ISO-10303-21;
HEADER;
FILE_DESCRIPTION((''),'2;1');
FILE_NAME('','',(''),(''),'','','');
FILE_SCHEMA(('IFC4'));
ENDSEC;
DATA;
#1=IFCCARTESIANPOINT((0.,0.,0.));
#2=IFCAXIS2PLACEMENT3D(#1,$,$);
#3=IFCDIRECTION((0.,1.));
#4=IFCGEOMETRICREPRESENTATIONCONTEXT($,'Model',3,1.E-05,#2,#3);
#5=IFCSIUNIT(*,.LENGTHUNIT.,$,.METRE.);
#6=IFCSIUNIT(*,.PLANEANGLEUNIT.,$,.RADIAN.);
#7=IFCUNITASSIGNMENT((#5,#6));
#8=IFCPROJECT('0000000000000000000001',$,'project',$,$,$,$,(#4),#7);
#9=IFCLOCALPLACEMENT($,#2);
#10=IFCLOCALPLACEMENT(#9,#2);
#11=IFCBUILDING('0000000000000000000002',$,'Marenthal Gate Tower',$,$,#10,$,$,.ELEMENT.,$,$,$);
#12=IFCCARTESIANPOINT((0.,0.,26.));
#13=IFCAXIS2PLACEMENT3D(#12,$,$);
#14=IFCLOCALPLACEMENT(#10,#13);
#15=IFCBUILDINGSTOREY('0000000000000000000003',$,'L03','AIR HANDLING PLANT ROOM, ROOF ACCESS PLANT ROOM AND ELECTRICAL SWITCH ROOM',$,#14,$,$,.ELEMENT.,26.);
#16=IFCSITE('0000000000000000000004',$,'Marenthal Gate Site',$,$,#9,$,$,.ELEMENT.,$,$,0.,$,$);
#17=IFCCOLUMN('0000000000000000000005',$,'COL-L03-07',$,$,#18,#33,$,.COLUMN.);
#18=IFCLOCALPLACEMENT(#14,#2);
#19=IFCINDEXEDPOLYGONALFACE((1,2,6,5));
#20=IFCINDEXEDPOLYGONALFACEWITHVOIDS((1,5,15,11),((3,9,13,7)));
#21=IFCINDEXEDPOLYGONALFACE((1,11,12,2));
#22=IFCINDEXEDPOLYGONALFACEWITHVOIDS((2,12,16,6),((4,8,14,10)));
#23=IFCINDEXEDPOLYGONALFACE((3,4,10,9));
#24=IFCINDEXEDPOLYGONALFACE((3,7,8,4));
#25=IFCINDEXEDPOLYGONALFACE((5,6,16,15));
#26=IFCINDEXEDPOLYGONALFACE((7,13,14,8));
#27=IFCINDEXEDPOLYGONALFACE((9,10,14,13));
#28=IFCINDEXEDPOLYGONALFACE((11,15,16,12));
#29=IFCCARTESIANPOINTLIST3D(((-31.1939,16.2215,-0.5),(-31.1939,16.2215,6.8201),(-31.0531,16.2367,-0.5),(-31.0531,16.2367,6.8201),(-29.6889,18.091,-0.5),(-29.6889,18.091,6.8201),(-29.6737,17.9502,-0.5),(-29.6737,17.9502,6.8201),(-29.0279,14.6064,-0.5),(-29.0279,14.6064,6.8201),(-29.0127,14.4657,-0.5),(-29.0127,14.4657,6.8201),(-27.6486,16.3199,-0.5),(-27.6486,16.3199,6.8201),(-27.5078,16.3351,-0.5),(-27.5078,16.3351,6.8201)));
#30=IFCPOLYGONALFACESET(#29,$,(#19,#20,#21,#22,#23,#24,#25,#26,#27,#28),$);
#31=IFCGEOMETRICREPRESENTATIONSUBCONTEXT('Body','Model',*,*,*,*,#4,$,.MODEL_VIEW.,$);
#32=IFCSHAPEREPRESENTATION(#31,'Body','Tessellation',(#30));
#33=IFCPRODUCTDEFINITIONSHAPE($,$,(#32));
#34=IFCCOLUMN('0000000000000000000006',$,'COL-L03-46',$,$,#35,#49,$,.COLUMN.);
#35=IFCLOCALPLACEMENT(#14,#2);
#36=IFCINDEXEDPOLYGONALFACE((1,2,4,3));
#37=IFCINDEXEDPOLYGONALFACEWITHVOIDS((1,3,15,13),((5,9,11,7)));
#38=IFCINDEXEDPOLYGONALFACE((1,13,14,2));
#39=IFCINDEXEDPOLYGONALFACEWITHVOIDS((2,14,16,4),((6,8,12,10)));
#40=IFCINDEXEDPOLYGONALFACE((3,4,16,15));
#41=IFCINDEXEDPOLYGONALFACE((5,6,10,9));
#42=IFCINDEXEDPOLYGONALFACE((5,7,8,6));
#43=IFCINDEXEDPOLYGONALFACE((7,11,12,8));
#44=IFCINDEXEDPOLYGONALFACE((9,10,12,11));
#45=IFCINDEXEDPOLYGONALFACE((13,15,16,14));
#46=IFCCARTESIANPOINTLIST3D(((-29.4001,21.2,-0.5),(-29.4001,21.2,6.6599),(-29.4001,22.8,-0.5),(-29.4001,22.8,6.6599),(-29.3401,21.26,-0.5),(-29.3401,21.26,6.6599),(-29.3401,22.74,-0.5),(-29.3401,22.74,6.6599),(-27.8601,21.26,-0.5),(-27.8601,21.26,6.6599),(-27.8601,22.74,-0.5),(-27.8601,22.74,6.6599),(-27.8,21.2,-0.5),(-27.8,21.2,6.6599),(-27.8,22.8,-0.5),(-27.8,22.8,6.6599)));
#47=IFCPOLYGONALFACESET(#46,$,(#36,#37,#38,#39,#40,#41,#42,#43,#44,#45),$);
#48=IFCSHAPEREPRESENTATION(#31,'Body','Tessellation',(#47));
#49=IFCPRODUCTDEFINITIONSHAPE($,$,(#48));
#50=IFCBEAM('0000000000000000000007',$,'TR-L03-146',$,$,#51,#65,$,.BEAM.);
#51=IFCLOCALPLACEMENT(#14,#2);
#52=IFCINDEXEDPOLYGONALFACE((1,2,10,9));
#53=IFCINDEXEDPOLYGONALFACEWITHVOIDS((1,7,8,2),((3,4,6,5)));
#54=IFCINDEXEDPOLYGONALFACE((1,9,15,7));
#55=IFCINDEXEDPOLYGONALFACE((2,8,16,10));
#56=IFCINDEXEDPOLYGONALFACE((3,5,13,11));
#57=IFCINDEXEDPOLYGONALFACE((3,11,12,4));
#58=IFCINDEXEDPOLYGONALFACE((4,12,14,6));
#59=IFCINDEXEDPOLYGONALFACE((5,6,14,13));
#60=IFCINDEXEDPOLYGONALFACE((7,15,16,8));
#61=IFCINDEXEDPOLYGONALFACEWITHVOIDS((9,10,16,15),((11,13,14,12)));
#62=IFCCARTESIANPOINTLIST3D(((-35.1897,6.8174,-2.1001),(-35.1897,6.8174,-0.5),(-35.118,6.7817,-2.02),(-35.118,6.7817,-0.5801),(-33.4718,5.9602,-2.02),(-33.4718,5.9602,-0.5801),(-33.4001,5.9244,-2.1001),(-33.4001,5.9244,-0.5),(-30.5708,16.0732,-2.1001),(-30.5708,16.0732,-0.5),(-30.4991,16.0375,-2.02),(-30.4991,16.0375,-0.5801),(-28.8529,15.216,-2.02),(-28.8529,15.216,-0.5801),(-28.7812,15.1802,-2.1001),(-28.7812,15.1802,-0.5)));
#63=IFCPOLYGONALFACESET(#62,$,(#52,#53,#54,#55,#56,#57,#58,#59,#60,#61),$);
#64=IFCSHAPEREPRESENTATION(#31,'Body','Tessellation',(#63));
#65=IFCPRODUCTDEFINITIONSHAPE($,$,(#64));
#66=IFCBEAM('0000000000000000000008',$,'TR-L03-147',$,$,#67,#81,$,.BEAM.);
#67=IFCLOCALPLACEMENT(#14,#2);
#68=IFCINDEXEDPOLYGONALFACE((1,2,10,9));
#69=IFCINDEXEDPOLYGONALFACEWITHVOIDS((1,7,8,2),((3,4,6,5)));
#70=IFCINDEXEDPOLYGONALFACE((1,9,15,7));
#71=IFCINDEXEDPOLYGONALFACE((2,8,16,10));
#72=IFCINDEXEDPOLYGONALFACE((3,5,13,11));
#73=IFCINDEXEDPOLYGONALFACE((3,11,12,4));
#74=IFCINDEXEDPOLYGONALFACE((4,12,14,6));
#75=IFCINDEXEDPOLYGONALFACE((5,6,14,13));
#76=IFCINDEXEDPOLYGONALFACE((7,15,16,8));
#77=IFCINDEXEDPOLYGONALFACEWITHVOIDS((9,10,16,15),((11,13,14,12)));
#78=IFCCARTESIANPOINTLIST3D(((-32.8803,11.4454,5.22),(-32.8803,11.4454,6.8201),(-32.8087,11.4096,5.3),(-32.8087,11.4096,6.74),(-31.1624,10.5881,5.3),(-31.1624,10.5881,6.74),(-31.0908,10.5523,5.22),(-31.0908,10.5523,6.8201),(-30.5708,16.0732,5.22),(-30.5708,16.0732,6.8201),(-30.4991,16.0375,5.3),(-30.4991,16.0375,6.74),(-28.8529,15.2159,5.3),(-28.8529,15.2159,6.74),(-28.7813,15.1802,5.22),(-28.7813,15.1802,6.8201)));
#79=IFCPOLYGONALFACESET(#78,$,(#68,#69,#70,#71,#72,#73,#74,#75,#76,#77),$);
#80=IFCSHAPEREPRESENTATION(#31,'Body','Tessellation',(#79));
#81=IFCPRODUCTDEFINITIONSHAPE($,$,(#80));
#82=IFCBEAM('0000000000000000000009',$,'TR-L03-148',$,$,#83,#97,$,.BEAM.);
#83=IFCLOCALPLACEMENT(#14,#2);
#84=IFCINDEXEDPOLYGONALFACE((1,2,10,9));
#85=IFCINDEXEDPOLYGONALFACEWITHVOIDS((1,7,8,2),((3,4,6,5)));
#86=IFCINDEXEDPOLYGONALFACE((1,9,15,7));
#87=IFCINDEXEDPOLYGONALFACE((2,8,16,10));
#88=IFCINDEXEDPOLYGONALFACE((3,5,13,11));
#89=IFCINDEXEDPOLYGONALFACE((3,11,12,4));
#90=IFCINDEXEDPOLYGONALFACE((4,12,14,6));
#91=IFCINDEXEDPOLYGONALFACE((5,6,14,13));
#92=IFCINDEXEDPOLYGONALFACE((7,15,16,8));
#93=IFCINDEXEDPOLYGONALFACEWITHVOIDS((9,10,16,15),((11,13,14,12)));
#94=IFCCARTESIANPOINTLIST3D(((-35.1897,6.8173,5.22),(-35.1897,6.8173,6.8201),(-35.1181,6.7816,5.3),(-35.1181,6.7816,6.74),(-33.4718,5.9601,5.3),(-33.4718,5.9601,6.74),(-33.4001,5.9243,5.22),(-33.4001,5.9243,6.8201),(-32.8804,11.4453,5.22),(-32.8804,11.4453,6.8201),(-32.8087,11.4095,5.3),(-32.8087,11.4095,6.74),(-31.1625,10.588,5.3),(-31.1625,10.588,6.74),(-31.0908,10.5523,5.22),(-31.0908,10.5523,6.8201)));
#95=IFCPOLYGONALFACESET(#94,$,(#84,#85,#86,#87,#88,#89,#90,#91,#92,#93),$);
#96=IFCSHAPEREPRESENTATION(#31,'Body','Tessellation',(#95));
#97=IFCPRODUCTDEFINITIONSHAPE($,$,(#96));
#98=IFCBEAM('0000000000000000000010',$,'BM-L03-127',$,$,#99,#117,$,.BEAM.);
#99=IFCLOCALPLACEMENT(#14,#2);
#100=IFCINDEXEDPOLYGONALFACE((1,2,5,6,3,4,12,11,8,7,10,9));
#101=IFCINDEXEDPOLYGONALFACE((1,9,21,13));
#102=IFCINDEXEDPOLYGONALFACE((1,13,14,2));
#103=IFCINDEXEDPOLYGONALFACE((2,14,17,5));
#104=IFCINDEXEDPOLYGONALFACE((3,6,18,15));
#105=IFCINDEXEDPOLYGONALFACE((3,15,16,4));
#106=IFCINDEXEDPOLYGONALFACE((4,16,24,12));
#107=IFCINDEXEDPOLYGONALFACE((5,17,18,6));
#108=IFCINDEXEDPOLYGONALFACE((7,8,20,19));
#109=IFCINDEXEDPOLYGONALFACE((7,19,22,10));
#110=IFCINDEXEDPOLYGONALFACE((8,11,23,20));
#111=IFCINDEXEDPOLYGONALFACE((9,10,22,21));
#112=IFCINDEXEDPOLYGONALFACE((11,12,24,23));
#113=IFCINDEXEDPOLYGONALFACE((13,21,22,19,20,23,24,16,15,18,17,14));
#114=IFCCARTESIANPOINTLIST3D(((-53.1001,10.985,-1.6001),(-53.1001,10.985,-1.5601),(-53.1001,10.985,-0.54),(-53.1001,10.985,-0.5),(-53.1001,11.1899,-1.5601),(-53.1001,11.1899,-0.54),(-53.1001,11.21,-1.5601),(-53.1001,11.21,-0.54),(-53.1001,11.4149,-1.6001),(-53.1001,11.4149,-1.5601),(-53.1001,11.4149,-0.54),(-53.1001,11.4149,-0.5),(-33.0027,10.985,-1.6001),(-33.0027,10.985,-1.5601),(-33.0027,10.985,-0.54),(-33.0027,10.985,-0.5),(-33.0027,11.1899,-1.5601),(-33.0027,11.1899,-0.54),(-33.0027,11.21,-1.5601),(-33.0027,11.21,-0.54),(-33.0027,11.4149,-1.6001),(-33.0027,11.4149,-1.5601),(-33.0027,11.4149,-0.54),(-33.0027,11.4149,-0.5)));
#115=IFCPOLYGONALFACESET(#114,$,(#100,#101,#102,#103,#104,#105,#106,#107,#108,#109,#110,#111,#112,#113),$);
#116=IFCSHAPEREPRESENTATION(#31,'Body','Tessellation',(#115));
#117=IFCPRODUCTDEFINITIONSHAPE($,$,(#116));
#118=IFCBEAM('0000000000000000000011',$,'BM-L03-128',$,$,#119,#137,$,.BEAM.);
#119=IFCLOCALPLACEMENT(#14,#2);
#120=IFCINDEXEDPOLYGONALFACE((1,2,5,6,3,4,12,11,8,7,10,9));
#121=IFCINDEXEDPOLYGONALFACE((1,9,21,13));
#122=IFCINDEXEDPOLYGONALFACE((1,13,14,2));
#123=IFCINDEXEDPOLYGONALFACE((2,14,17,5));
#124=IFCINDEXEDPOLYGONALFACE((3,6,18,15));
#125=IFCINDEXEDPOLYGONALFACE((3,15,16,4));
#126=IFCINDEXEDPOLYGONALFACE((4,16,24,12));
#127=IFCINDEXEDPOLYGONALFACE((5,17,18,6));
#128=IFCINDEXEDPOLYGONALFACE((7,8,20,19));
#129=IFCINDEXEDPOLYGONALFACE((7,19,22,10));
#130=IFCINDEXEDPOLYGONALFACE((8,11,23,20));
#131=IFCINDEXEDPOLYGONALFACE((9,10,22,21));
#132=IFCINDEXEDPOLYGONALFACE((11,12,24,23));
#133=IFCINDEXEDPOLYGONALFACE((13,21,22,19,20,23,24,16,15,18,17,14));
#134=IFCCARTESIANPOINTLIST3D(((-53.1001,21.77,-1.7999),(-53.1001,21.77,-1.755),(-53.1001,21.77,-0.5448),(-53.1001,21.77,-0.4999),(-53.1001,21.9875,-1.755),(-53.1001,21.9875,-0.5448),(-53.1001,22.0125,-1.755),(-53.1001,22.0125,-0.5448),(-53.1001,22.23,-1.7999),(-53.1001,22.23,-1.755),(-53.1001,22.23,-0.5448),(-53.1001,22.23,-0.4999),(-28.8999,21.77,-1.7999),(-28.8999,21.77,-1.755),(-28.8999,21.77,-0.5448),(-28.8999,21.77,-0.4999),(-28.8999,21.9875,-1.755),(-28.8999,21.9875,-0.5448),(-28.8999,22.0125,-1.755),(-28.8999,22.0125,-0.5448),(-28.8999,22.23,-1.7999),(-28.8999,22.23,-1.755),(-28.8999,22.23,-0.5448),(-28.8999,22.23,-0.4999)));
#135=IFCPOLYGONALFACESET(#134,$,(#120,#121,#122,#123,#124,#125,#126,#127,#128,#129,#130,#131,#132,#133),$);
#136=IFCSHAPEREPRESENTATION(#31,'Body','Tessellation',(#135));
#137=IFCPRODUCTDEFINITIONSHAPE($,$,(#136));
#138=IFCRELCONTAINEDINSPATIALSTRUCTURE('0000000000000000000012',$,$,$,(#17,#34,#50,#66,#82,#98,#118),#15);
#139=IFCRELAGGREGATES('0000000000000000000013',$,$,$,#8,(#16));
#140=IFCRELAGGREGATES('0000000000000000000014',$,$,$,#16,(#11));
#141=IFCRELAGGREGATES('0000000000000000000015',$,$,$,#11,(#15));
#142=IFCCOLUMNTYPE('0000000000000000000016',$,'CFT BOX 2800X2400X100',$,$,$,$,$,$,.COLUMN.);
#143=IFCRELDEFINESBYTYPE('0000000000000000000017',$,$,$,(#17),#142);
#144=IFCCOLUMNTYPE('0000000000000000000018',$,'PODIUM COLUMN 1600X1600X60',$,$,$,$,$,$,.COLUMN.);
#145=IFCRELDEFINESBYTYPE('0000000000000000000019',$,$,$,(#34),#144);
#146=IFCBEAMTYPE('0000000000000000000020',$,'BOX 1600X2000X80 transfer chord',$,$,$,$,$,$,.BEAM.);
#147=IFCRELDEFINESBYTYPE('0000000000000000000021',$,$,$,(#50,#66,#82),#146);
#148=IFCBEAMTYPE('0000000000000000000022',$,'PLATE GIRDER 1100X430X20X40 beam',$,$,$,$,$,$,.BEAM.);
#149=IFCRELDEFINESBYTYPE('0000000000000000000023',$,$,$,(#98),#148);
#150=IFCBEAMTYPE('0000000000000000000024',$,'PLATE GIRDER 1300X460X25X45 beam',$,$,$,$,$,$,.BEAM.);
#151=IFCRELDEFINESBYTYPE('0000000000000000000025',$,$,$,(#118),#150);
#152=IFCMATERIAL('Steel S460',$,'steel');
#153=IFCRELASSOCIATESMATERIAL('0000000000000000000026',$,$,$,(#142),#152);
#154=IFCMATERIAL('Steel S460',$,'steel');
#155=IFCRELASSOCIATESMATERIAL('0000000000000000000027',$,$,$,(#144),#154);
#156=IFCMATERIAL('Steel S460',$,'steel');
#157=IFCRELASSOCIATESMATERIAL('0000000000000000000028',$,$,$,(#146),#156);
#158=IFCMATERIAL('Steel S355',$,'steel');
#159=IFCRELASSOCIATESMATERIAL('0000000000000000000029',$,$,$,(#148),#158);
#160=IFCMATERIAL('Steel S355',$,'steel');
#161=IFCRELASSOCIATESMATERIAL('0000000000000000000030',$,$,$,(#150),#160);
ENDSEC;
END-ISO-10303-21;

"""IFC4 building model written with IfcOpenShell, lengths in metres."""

from ifc_helpers import new_model, si_unit, direction, frame, origin, origin_2d, place, context, subcontext, project, spatial, rectangle, hollow_rectangle, i_section, extrude, material, material_profile, profile_set, type_object, element, save


model = new_model("IFC4")

# Units and contexts
model_context = context("Model", 3, precision=1e-05, world=origin(), true_north=direction((0.0, 1.0)))
body_context = subcontext(model_context, "Body", "Model", "MODEL_VIEW")
ifc_project = project(units=[si_unit("LENGTHUNIT", "METRE"), si_unit("PLANEANGLEUNIT", "RADIAN")], contexts=[model_context])

# Site, building, storey
site_placement = place(None, origin())
site = spatial("IfcSite", under=ifc_project, at=site_placement, Name="Marenthal Gate Site", CompositionType="ELEMENT", RefElevation=0.0)
building_placement = place(site_placement, origin())
building = spatial("IfcBuilding", under=site, at=building_placement, Name="Marenthal Gate Tower", CompositionType="ELEMENT")
storey_placement = place(building_placement, frame((0.0, 0.0, 26.0)))
storey = spatial("IfcBuildingStorey", under=building, at=storey_placement, Name="L03", Description="AIR HANDLING PLANT ROOM, ROOF ACCESS PLANT ROOM AND ELECTRICAL SWITCH ROOM", CompositionType="ELEMENT", Elevation=26.0)

# Columns
ifc_material_1 = material(Name="Steel S460", Category="steel")
ifc_material_profile_1 = material_profile(ifc_material_1, hollow_rectangle(XDim=2.3999, YDim=2.8, WallThickness=0.1001, at=origin_2d()), Name="CFT BOX 2800X2400X100")
ifc_material_2 = material(Name="Concrete 70 MPa", Category="concrete")
ifc_material_profile_2 = material_profile(ifc_material_2, rectangle(XDim=2.2, YDim=2.6001, at=origin_2d()), Name="CFT BOX 2800X2400X100 INFILL")
ifc_profile_set_1 = profile_set([ifc_material_profile_1, ifc_material_profile_2], Name="Steel S460 shell, Concrete 70 MPa infill")
column_type_1 = type_object("IfcColumnType", Name="CFT BOX 2800X2400X100", PredefinedType="COLUMN", material=ifc_profile_set_1)
column_1_placement = place(storey_placement, frame((-29.3508, 16.2783, -0.5), z_axis=(0.0, 0.0, 1.0), x_axis=(0.62707, 0.778963, 0.0)))
element("IfcColumn", 1, at=column_1_placement, inside=storey, type_object=column_type_1, Name="COL-L03-07", PredefinedType="COLUMN", context=body_context, shape_type="SweptSolid", body=[
    extrude(hollow_rectangle(XDim=2.3999, YDim=2.8, WallThickness=0.1001, at=origin_2d()), origin(), (0.0, 0.0, 1.0), 7.3201),
])
ifc_material_3 = material(Name="Steel S460", Category="steel")
ifc_material_profile_3 = material_profile(ifc_material_3, hollow_rectangle(XDim=1.6001, YDim=1.6001, WallThickness=0.0601, at=origin_2d()), Name="CFT BOX 1600X1600X60")
ifc_material_4 = material(Name="Concrete 70 MPa", Category="concrete")
ifc_material_profile_4 = material_profile(ifc_material_4, rectangle(XDim=1.48, YDim=1.48, at=origin_2d()), Name="CFT BOX 1600X1600X60 INFILL")
ifc_profile_set_2 = profile_set([ifc_material_profile_3, ifc_material_profile_4], Name="Steel S460 shell, Concrete 70 MPa infill")
column_type_2 = type_object("IfcColumnType", Name="PODIUM COLUMN 1600X1600X60", PredefinedType="COLUMN", material=ifc_profile_set_2)
column_2_placement = place(storey_placement, frame((-28.6001, 22.0, -0.5), z_axis=(0.0, 0.0, 1.0), x_axis=(1.0, 0.0, 0.0)))
element("IfcColumn", 2, at=column_2_placement, inside=storey, type_object=column_type_2, Name="COL-L03-46", PredefinedType="COLUMN", context=body_context, shape_type="SweptSolid", body=[
    extrude(hollow_rectangle(XDim=1.6001, YDim=1.6001, WallThickness=0.0601, at=origin_2d()), origin(), (0.0, 0.0, 1.0), 7.1599),
])

# Beams
ifc_material_5 = material(Name="Steel S460", Category="steel")
ifc_material_profile_5 = material_profile(ifc_material_5, hollow_rectangle(XDim=2.0, YDim=1.6001, WallThickness=0.0801, at=origin_2d()), Name="BOX 1600X2000X80")
ifc_profile_set_3 = profile_set([ifc_material_profile_5], Name="Steel S460")
beam_type_1 = type_object("IfcBeamType", Name="BOX 1600X2000X80 transfer chord", PredefinedType="BEAM", material=ifc_profile_set_3)
beam_1_placement = place(storey_placement, frame((-29.676, 15.6267, -1.3), z_axis=(-0.446515, -0.894776, 0.0), x_axis=(0.894776, -0.446515, 0.0)))
element("IfcBeam", 3, at=beam_1_placement, inside=storey, type_object=beam_type_1, Name="TR-L03-146", PredefinedType="BEAM", context=body_context, shape_type="SweptSolid", body=[
    extrude(hollow_rectangle(XDim=2.0, YDim=1.6001, WallThickness=0.0801, at=origin_2d()), origin(), (0.0, 0.0, 1.0), 10.3442),
])
for number, where, z_axis, x_axis, name in (
    (4, (-29.676, 15.6267, 6.02), (-0.446534, -0.894767, 0.0), (0.894767, -0.446534, 0.0), "TR-L03-147"),
    (5, (-31.9856, 10.9988, 6.02), (-0.446496, -0.894786, 0.0), (0.894786, -0.446496, 0.0), "TR-L03-148"),
):
    element("IfcBeam", number, at=place(storey_placement, frame(where, z_axis=z_axis, x_axis=x_axis)), inside=storey, type_object=beam_type_1, Name=name, PredefinedType="BEAM", context=body_context, shape_type="SweptSolid", body=[
        extrude(hollow_rectangle(XDim=2.0, YDim=1.6001, WallThickness=0.0801, at=origin_2d()), origin(), (0.0, 0.0, 1.0), 5.1721),
    ])
ifc_material_6 = material(Name="Steel S355", Category="steel")
ifc_material_profile_6 = material_profile(ifc_material_6, i_section(OverallWidth=0.4299, OverallDepth=1.1001, WebThickness=0.02, FlangeThickness=0.04, at=origin_2d()), Name="PLATE GIRDER 1100X430X20X40")
ifc_profile_set_4 = profile_set([ifc_material_profile_6], Name="Steel S355")
beam_type_2 = type_object("IfcBeamType", Name="PLATE GIRDER 1100X430X20X40 beam", PredefinedType="BEAM", material=ifc_profile_set_4)
beam_2_placement = place(storey_placement, frame((-33.0027, 11.2, -1.05), z_axis=(-1.0, 0.0, 0.0), x_axis=(0.0, -1.0, 0.0)))
element("IfcBeam", 6, at=beam_2_placement, inside=storey, type_object=beam_type_2, Name="BM-L03-127", PredefinedType="BEAM", context=body_context, shape_type="SweptSolid", body=[
    extrude(i_section(OverallWidth=0.4299, OverallDepth=1.1001, WebThickness=0.02, FlangeThickness=0.04, at=origin_2d()), origin(), (0.0, 0.0, 1.0), 20.0974),
])
ifc_material_7 = material(Name="Steel S355", Category="steel")
ifc_material_profile_7 = material_profile(ifc_material_7, i_section(OverallWidth=0.46, OverallDepth=1.3, WebThickness=0.0249, FlangeThickness=0.0449, at=origin_2d()), Name="PLATE GIRDER 1300X460X25X45")
ifc_profile_set_5 = profile_set([ifc_material_profile_7], Name="Steel S355")
beam_type_3 = type_object("IfcBeamType", Name="PLATE GIRDER 1300X460X25X45 beam", PredefinedType="BEAM", material=ifc_profile_set_5)
beam_3_placement = place(storey_placement, frame((-28.8999, 22.0, -1.1499), z_axis=(-1.0, 0.0, 0.0), x_axis=(0.0, -1.0, 0.0)))
element("IfcBeam", 7, at=beam_3_placement, inside=storey, type_object=beam_type_3, Name="BM-L03-128", PredefinedType="BEAM", context=body_context, shape_type="SweptSolid", body=[
    extrude(i_section(OverallWidth=0.46, OverallDepth=1.3, WebThickness=0.0249, FlangeThickness=0.0449, at=origin_2d()), origin(), (0.0, 0.0, 1.0), 24.2002),
])

save(model, "model.ifc")
